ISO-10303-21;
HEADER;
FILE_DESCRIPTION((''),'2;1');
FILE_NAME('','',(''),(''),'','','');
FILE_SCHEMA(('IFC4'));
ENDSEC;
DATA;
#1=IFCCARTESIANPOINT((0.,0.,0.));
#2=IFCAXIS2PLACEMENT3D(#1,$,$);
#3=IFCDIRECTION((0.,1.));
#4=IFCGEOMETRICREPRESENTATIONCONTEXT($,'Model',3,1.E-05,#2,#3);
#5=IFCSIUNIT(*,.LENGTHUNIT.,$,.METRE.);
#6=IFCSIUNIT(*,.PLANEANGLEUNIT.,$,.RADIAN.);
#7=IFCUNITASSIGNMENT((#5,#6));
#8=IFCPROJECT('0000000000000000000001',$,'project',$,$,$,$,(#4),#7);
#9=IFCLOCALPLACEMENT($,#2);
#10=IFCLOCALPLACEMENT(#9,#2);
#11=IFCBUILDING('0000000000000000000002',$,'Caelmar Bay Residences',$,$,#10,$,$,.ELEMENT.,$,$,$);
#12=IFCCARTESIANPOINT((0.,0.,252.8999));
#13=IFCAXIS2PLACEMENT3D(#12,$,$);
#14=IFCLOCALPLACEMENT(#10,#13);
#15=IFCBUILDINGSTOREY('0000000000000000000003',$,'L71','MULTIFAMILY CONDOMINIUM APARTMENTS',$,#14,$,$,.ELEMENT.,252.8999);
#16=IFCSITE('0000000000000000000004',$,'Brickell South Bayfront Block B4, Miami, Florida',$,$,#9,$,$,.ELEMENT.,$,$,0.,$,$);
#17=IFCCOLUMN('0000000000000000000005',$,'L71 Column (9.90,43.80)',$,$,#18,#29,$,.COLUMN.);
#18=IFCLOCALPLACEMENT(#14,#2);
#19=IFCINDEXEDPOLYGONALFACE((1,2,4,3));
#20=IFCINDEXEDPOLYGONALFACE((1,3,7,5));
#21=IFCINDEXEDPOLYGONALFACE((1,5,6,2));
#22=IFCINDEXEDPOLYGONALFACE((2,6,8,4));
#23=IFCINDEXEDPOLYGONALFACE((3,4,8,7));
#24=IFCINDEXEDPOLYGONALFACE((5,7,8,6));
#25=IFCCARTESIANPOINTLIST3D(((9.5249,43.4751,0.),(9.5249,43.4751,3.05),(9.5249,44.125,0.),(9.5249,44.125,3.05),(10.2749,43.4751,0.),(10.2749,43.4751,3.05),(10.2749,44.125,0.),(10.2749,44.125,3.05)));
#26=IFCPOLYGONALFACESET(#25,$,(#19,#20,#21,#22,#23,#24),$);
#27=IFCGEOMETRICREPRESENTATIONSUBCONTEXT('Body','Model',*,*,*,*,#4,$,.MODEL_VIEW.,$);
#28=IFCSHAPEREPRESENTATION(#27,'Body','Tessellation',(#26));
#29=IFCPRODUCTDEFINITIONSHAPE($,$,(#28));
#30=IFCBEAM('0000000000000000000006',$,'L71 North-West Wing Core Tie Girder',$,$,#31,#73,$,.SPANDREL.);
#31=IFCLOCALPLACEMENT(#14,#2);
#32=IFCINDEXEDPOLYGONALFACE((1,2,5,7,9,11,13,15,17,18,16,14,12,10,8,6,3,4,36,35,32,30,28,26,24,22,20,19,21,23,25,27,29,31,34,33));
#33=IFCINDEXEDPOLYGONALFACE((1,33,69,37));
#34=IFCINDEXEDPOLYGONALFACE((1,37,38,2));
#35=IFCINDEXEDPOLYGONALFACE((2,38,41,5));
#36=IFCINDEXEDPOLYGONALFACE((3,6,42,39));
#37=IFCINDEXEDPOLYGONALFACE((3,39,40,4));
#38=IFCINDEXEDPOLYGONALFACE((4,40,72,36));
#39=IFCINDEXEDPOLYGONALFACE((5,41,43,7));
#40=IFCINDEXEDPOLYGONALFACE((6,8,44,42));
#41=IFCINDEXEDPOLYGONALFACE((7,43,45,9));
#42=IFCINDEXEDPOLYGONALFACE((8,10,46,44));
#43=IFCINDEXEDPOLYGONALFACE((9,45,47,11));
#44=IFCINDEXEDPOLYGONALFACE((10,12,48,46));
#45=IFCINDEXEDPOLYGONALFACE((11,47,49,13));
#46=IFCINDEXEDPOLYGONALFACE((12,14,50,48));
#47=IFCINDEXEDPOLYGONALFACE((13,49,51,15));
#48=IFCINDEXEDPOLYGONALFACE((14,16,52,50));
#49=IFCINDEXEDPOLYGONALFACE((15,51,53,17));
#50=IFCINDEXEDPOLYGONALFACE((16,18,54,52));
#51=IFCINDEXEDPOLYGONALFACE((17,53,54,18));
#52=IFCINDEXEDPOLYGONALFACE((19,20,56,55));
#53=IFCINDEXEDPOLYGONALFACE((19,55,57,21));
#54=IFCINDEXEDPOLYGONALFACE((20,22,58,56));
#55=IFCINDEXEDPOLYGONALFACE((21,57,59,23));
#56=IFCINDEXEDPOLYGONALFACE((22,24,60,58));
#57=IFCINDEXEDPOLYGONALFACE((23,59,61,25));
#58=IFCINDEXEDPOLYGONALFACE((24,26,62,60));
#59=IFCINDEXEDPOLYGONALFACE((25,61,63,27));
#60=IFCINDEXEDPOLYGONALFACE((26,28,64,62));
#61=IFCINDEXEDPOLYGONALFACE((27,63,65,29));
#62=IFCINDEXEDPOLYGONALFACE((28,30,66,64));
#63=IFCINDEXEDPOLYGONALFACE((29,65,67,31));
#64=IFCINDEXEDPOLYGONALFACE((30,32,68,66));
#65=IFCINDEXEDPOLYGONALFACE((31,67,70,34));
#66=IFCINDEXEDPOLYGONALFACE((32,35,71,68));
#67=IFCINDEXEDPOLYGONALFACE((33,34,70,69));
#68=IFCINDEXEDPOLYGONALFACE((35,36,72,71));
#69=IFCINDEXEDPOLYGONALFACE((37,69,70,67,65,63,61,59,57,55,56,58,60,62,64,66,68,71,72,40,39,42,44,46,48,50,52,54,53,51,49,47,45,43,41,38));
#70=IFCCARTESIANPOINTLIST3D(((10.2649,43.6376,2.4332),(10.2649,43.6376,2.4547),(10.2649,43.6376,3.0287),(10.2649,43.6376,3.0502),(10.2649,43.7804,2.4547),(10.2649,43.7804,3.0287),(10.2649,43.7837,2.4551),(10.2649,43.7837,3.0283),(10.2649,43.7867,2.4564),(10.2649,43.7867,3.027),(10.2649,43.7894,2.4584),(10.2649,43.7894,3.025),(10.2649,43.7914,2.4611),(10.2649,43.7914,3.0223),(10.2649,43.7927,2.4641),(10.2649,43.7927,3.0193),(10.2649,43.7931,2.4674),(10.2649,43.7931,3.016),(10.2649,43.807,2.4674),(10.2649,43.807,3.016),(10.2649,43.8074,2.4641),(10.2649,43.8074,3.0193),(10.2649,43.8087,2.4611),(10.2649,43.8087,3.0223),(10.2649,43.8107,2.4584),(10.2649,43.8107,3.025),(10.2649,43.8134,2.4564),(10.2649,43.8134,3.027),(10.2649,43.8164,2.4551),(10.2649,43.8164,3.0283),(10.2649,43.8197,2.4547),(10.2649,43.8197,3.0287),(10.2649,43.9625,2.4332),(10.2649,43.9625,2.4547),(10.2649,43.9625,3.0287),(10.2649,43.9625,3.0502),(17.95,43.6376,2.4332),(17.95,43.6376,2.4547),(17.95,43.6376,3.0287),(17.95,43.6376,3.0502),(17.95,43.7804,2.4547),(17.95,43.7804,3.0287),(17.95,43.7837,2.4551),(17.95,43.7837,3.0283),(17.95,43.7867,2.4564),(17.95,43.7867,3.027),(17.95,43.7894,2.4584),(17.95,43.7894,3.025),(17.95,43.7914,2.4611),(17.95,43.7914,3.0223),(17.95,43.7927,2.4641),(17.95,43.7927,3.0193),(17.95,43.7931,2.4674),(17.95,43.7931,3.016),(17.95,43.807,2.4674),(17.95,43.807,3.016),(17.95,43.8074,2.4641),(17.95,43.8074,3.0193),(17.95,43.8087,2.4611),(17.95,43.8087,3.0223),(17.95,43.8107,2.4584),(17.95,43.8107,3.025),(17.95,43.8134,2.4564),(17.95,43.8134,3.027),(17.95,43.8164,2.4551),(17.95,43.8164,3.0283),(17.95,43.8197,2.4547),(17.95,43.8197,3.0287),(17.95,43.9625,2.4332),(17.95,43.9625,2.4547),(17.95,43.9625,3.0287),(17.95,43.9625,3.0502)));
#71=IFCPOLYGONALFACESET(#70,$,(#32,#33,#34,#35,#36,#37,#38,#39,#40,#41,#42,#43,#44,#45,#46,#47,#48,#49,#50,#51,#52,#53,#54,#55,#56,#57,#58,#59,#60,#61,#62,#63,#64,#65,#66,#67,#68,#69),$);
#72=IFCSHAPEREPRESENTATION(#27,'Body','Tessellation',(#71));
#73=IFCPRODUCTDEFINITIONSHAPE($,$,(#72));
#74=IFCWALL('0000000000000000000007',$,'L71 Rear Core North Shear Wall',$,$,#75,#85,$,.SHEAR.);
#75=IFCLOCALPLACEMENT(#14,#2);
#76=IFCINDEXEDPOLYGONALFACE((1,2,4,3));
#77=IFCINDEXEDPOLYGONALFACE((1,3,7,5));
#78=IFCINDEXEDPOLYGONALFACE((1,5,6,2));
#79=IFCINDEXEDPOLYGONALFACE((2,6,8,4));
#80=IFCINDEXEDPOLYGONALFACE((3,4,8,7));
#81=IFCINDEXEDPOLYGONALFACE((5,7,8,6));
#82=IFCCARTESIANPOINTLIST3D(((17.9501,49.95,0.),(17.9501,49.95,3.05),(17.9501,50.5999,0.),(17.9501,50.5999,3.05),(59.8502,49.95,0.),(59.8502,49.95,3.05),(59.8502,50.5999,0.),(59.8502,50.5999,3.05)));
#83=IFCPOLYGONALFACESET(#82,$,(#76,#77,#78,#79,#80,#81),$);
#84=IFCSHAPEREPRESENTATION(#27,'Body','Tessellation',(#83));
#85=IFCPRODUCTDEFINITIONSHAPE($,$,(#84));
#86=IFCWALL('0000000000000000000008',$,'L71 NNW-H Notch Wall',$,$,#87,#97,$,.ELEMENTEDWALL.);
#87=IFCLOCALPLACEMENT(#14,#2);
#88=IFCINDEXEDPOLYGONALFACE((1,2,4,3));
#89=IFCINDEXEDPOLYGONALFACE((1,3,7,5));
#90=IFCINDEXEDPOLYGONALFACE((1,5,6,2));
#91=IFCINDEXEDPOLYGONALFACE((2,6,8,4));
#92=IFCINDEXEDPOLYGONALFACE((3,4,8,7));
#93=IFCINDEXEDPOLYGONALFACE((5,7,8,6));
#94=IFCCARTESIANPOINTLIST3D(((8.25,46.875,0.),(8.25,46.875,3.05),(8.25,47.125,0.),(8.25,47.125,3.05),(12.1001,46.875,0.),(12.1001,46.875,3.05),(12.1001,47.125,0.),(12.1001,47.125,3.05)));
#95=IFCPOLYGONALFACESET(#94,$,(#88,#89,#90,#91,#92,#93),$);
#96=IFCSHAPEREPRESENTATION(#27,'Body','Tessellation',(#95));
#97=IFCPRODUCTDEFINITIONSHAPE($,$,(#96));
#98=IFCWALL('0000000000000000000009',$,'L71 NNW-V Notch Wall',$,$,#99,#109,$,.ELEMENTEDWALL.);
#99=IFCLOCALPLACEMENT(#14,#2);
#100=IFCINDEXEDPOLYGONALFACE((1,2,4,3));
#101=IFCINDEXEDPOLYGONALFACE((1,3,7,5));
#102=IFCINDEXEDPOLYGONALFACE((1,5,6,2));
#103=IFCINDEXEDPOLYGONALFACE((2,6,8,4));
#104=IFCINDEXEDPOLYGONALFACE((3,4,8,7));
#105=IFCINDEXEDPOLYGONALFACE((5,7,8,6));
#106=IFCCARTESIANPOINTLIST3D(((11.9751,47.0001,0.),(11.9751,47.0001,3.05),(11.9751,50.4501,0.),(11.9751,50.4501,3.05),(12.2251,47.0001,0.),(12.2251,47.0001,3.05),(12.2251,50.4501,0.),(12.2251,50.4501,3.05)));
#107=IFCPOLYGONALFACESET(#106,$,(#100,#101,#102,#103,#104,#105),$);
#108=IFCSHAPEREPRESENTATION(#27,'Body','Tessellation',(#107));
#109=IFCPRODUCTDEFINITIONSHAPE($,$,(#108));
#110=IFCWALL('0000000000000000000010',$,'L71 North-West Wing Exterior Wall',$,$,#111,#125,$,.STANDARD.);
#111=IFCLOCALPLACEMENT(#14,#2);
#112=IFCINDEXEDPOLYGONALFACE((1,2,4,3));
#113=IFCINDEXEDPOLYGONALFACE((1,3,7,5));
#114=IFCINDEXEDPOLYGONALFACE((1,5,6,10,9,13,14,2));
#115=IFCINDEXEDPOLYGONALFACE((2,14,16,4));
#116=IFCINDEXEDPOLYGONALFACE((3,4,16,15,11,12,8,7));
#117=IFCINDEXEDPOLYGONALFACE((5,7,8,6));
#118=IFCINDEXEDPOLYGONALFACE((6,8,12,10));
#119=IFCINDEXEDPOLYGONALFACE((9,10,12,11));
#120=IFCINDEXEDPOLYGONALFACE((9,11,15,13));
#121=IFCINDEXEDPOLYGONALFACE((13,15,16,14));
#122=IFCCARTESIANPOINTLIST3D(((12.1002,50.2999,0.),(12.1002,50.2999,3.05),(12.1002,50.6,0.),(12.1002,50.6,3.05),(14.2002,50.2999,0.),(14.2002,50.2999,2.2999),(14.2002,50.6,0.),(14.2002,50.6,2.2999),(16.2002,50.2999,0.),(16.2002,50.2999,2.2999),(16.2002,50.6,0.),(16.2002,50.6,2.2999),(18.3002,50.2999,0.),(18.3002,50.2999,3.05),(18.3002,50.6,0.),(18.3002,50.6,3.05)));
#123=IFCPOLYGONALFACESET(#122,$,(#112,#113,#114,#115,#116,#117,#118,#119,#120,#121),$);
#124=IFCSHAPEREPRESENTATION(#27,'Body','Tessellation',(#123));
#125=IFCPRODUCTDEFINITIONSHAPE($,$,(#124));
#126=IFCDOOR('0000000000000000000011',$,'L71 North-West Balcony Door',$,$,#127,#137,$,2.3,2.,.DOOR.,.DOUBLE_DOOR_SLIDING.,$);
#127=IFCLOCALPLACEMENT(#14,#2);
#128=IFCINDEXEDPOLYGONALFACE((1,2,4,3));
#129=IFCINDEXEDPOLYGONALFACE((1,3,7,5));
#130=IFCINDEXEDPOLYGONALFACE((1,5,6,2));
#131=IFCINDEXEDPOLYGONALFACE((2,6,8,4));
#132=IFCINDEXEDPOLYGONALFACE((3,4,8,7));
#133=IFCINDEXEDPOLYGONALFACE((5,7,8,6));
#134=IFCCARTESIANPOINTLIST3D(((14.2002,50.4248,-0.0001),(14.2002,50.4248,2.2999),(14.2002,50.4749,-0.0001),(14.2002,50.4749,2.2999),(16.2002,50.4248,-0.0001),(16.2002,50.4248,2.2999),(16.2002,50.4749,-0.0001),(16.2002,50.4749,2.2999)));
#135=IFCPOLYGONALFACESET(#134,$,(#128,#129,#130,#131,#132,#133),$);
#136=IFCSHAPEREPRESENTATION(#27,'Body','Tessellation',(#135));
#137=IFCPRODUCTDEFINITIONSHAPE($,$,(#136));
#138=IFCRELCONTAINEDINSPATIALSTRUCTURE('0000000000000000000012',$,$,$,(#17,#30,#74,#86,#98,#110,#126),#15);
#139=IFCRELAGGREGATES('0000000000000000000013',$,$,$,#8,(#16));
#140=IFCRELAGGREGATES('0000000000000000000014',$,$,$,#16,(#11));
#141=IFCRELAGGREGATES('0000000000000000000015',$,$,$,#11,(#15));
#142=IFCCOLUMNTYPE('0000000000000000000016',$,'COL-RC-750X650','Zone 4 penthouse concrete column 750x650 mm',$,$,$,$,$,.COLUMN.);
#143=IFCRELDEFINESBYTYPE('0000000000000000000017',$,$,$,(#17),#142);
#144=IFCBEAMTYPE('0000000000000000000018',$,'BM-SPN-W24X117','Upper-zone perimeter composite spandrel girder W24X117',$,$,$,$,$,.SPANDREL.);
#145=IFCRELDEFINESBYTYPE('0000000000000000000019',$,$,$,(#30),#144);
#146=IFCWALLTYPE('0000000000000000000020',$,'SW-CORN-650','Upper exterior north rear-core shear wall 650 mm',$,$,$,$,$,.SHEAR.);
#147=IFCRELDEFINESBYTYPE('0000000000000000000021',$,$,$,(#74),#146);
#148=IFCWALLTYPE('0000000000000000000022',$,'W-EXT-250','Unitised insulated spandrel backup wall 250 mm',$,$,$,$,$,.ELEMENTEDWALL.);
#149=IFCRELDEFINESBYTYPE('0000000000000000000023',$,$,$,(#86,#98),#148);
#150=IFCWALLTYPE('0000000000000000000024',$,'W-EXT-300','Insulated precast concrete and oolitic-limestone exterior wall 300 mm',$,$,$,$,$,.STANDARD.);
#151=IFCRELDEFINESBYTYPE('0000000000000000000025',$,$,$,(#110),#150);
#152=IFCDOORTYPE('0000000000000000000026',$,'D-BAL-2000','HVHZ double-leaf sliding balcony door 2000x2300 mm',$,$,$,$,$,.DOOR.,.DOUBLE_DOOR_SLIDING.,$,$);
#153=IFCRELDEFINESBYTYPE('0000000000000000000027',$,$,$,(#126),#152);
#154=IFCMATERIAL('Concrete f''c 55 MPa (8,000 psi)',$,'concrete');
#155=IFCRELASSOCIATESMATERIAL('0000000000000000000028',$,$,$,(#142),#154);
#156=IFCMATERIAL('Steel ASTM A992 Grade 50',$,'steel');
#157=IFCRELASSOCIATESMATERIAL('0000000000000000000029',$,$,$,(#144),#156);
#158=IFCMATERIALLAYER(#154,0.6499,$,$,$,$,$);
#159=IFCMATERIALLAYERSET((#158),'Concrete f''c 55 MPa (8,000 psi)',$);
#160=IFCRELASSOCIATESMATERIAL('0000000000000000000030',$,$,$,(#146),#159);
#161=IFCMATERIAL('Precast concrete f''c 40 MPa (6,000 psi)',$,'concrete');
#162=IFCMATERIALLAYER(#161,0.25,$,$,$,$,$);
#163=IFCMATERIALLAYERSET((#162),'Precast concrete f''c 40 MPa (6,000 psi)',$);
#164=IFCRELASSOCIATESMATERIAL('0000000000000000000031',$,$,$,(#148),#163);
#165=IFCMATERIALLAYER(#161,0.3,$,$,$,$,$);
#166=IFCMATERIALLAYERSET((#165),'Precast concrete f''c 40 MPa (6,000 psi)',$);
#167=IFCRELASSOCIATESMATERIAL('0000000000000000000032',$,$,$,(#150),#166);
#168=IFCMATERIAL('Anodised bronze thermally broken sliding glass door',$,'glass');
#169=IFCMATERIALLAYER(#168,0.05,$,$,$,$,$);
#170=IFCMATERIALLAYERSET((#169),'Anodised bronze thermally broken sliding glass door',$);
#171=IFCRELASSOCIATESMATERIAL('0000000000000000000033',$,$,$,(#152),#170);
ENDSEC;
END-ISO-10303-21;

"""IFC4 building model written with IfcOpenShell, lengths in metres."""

from ifc_helpers import new_model, si_unit, direction, frame, frame_2d, origin, origin_2d, place, context, subcontext, project, spatial, rectangle, i_section, extrude, material, layer, layer_set, material_profile, profile_set, type_object, element, fill, save


model = new_model("IFC4")

# Units and contexts
model_context = context("Model", 3, precision=1e-05, world=origin(), true_north=direction((0.0, 1.0)))
body_context = subcontext(model_context, "Body", "Model", "MODEL_VIEW")
ifc_project = project(units=[si_unit("LENGTHUNIT", "METRE"), si_unit("PLANEANGLEUNIT", "RADIAN")], contexts=[model_context])

# Site, building, storey
site_placement = place(None, origin())
site = spatial("IfcSite", under=ifc_project, at=site_placement, Name="Brickell South Bayfront Block B4, Miami, Florida", CompositionType="ELEMENT", RefElevation=0.0)
building_placement = place(site_placement, origin())
building = spatial("IfcBuilding", under=site, at=building_placement, Name="Caelmar Bay Residences", CompositionType="ELEMENT")
storey_placement = place(building_placement, frame((0.0, 0.0, 252.8999)))
storey = spatial("IfcBuildingStorey", under=building, at=storey_placement, Name="L71", Description="MULTIFAMILY CONDOMINIUM APARTMENTS", CompositionType="ELEMENT", Elevation=252.8999)

# Column
ifc_material_1 = material(Name="Concrete f'c 55 MPa (8,000 psi)", Category="concrete")
ifc_material_profile_1 = material_profile(ifc_material_1, rectangle(XDim=0.75, YDim=0.6499, at=origin_2d()), Name="RC-COL-750X650")
ifc_profile_set_1 = profile_set([ifc_material_profile_1], Name="Concrete f'c 55 MPa (8,000 psi)")
column_type = type_object("IfcColumnType", Name="COL-RC-750X650", Description="Zone 4 penthouse concrete column 750x650 mm", PredefinedType="COLUMN", material=ifc_profile_set_1)
column_placement = place(storey_placement, frame((9.8999, 43.8, 0.0), z_axis=(0.0, 0.0, 1.0), x_axis=(1.0, 0.0, 0.0)))
element("IfcColumn", 1, at=column_placement, inside=storey, type_object=column_type, Name="L71 Column (9.90,43.80)", PredefinedType="COLUMN", context=body_context, shape_type="SweptSolid", body=[
    extrude(rectangle(XDim=0.75, YDim=0.6499, at=origin_2d()), origin(), (0.0, 0.0, 1.0), 3.05),
])

# Beam
ifc_material_2 = material(Name="Steel ASTM A992 Grade 50", Category="steel")
ifc_material_profile_2 = material_profile(ifc_material_2, i_section(OverallWidth=0.325, OverallDepth=0.6169, WebThickness=0.0139, FlangeThickness=0.0215, FilletRadius=0.0127, at=origin_2d()), Name="W24X117")
ifc_profile_set_2 = profile_set([ifc_material_profile_2], Name="Steel ASTM A992 Grade 50")
beam_type = type_object("IfcBeamType", Name="BM-SPN-W24X117", Description="Upper-zone perimeter composite spandrel girder W24X117", PredefinedType="SPANDREL", material=ifc_profile_set_2)
beam_placement = place(storey_placement, frame((10.2649, 43.8, 2.7417), z_axis=(1.0, 0.0, 0.0), x_axis=(0.0, 1.0, 0.0)))
element("IfcBeam", 2, at=beam_placement, inside=storey, type_object=beam_type, Name="L71 North-West Wing Core Tie Girder", PredefinedType="SPANDREL", context=body_context, shape_type="SweptSolid", body=[
    extrude(i_section(OverallWidth=0.325, OverallDepth=0.6169, WebThickness=0.0139, FlangeThickness=0.0215, FilletRadius=0.0127, at=origin_2d()), origin(), (0.0, 0.0, 1.0), 7.6851),
])

# Walls
ifc_layer_1 = layer(ifc_material_1, 0.6499)
ifc_layer_set_1 = layer_set([ifc_layer_1], Name="Concrete f'c 55 MPa (8,000 psi)")
wall_type_1 = type_object("IfcWallType", Name="SW-CORN-650", Description="Upper exterior north rear-core shear wall 650 mm", PredefinedType="SHEAR", material=ifc_layer_set_1)
wall_1_placement = place(storey_placement, frame((17.95, 50.2749, 0.0), z_axis=(0.0, 0.0, 1.0), x_axis=(1.0, 0.0, 0.0)))
element("IfcWall", 3, at=wall_1_placement, inside=storey, type_object=wall_type_1, Name="L71 Rear Core North Shear Wall", PredefinedType="SHEAR", context=body_context, shape_type="SweptSolid", body=[
    extrude(rectangle(XDim=41.9001, YDim=0.6499, at=frame_2d((20.9502, 0.0))), origin(), (0.0, 0.0, 1.0), 3.05),
])
ifc_material_3 = material(Name="Precast concrete f'c 40 MPa (6,000 psi)", Category="concrete")
ifc_layer_2 = layer(ifc_material_3, 0.25)
ifc_layer_set_2 = layer_set([ifc_layer_2], Name="Precast concrete f'c 40 MPa (6,000 psi)")
wall_type_2 = type_object("IfcWallType", Name="W-EXT-250", Description="Unitised insulated spandrel backup wall 250 mm", PredefinedType="ELEMENTEDWALL", material=ifc_layer_set_2)
wall_2_placement = place(storey_placement, frame((8.25, 47.0, 0.0), z_axis=(0.0, 0.0, 1.0), x_axis=(1.0, 0.0, 0.0)))
element("IfcWall", 4, at=wall_2_placement, inside=storey, type_object=wall_type_2, Name="L71 NNW-H Notch Wall", PredefinedType="ELEMENTEDWALL", context=body_context, shape_type="SweptSolid", body=[
    extrude(rectangle(XDim=3.8501, YDim=0.25, at=frame_2d((1.925, 0.0))), origin(), (0.0, 0.0, 1.0), 3.05),
])
wall_3_placement = place(storey_placement, frame((12.1001, 47.0, 0.0), z_axis=(0.0, 0.0, 1.0), x_axis=(0.0, 1.0, 0.0)))
element("IfcWall", 5, at=wall_3_placement, inside=storey, type_object=wall_type_2, Name="L71 NNW-V Notch Wall", PredefinedType="ELEMENTEDWALL", context=body_context, shape_type="SweptSolid", body=[
    extrude(rectangle(XDim=3.45, YDim=0.25, at=frame_2d((1.7251, 0.0))), origin(), (0.0, 0.0, 1.0), 3.05),
])

# Wall, opening, door
ifc_layer_3 = layer(ifc_material_3, 0.3)
ifc_layer_set_3 = layer_set([ifc_layer_3], Name="Precast concrete f'c 40 MPa (6,000 psi)")
wall_type_3 = type_object("IfcWallType", Name="W-EXT-300", Description="Insulated precast concrete and oolitic-limestone exterior wall 300 mm", PredefinedType="STANDARD", material=ifc_layer_set_3)
wall_4_placement = place(storey_placement, frame((12.1001, 50.45, 0.0), z_axis=(0.0, 0.0, 1.0), x_axis=(1.0, 0.0, 0.0)))
wall_4 = element("IfcWall", 6, at=wall_4_placement, inside=storey, type_object=wall_type_3, Name="L71 North-West Wing Exterior Wall", PredefinedType="STANDARD", context=body_context, shape_type="SweptSolid", body=[
    extrude(rectangle(XDim=6.2, YDim=0.3, at=frame_2d((3.1001, 0.0))), origin(), (0.0, 0.0, 1.0), 3.05),
])
opening_1_placement = place(wall_4_placement, frame((2.1001, 0.0, 0.0)))
opening_1 = element("IfcOpeningElement", 7, at=opening_1_placement, cuts=wall_4, PredefinedType="OPENING", context=body_context, shape_type="SweptSolid", body=[
    extrude(rectangle(XDim=2.0, YDim=2.3, at=frame_2d((1.0, 1.1499))), frame((0.0, 0.1599, 0.0), z_axis=(0.0, -1.0, 0.0), x_axis=(1.0, 0.0, 0.0)), (0.0, 0.0, 1.0), 0.3201),
])
ifc_material_4 = material(Name="Anodised bronze thermally broken sliding glass door", Category="glass")
ifc_layer_4 = layer(ifc_material_4, 0.05)
ifc_layer_set_4 = layer_set([ifc_layer_4], Name="Anodised bronze thermally broken sliding glass door")
door_type_1 = type_object("IfcDoorType", Name="D-BAL-2000", Description="HVHZ double-leaf sliding balcony door 2000x2300 mm", OperationType="DOUBLE_DOOR_SLIDING", PredefinedType="DOOR", material=ifc_layer_set_4)
door_1_placement = place(opening_1_placement, origin())
door_1 = element("IfcDoor", 8, at=door_1_placement, inside=storey, type_object=door_type_1, Name="L71 North-West Balcony Door", OperationType="DOUBLE_DOOR_SLIDING", OverallHeight=2.3, OverallWidth=2.0, PredefinedType="DOOR", context=body_context, shape_type="SweptSolid", body=[
    extrude(rectangle(XDim=2.0, YDim=2.3, at=frame_2d((1.0, 1.1499))), frame((0.0, 0.0249, 0.0), z_axis=(0.0, -1.0, 0.0), x_axis=(1.0, 0.0, 0.0)), (0.0, 0.0, 1.0), 0.05),
])
fill(opening_1, door_1)

save(model, "model.ifc")
